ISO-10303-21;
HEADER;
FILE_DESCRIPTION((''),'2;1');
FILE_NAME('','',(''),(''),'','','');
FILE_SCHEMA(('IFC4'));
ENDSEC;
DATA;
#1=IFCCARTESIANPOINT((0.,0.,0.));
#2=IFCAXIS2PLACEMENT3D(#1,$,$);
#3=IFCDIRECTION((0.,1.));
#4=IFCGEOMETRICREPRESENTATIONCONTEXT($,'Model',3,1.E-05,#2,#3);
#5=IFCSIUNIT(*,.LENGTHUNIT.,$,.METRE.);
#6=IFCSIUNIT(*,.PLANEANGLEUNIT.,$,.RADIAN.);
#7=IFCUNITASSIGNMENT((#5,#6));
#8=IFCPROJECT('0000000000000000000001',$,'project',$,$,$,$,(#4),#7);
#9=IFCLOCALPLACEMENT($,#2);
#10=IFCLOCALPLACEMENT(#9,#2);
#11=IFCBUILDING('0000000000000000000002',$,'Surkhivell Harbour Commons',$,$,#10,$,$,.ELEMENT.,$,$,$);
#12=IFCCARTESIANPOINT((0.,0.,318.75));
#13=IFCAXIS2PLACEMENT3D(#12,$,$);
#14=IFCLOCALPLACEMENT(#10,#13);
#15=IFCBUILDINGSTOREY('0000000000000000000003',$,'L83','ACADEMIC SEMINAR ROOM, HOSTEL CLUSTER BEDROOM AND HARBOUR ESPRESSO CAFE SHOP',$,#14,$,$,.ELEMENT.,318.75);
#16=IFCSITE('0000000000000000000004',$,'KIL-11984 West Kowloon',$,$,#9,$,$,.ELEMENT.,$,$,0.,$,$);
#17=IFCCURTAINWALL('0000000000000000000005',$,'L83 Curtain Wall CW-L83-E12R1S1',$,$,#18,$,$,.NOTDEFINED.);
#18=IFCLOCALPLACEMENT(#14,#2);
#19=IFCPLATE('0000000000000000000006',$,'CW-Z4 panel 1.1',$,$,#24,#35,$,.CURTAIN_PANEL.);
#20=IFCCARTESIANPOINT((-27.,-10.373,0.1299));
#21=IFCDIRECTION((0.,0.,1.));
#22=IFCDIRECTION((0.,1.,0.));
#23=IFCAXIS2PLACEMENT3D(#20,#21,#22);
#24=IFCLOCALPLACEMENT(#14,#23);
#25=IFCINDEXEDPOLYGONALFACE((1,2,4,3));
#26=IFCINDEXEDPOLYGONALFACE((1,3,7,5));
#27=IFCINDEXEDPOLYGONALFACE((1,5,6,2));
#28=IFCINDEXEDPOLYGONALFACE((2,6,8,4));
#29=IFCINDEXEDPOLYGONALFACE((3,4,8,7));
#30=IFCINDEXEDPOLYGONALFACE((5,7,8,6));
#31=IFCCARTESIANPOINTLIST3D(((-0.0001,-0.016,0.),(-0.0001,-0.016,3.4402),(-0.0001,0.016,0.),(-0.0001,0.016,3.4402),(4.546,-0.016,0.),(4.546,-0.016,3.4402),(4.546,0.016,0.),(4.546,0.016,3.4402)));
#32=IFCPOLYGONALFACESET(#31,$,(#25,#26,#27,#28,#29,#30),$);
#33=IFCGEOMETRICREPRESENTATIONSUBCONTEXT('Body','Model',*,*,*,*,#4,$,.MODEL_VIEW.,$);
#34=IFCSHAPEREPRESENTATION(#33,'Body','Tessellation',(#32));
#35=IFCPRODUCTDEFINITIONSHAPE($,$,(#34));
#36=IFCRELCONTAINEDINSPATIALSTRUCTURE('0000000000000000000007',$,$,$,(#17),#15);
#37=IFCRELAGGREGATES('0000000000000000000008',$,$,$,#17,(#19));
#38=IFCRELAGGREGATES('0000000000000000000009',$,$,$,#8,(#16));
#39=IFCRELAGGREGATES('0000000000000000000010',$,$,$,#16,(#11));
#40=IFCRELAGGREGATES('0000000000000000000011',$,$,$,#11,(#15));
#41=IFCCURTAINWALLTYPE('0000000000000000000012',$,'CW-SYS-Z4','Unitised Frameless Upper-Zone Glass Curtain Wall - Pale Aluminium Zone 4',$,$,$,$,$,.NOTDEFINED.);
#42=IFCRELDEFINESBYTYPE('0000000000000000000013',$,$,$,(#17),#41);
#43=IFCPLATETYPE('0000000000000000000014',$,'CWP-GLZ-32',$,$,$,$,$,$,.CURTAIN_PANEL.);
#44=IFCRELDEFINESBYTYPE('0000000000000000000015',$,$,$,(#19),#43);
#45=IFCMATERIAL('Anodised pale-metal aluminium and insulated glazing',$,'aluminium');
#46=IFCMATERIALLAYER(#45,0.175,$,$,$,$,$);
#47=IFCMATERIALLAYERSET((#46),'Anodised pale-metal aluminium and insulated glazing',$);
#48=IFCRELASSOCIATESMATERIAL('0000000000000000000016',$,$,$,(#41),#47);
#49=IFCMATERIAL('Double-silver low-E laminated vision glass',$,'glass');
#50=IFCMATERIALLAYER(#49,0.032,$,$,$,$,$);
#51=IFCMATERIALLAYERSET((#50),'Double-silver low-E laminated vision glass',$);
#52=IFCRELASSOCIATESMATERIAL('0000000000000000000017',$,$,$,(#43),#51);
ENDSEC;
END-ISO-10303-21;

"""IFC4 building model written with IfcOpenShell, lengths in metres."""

from ifc_helpers import new_model, si_unit, direction, frame, frame_2d, origin, place, context, subcontext, project, spatial, rectangle, extrude, material, layer, layer_set, type_object, element, aggregate, save


model = new_model("IFC4")

# Units and contexts
model_context = context("Model", 3, precision=1e-05, world=origin(), true_north=direction((0.0, 1.0)))
body_context = subcontext(model_context, "Body", "Model", "MODEL_VIEW")
ifc_project = project(units=[si_unit("LENGTHUNIT", "METRE"), si_unit("PLANEANGLEUNIT", "RADIAN")], contexts=[model_context])

# Site, building, storey
site_placement = place(None, origin())
site = spatial("IfcSite", under=ifc_project, at=site_placement, Name="KIL-11984 West Kowloon", CompositionType="ELEMENT", RefElevation=0.0)
building_placement = place(site_placement, origin())
building = spatial("IfcBuilding", under=site, at=building_placement, Name="Surkhivell Harbour Commons", CompositionType="ELEMENT")
storey_placement = place(building_placement, frame((0.0, 0.0, 318.75)))
storey = spatial("IfcBuildingStorey", under=building, at=storey_placement, Name="L83", Description="ACADEMIC SEMINAR ROOM, HOSTEL CLUSTER BEDROOM AND HARBOUR ESPRESSO CAFE SHOP", CompositionType="ELEMENT", Elevation=318.75)

# Curtain wall
ifc_material_1 = material(Name="Anodised pale-metal aluminium and insulated glazing", Category="aluminium")
ifc_layer_1 = layer(ifc_material_1, 0.175)
ifc_layer_set_1 = layer_set([ifc_layer_1], Name="Anodised pale-metal aluminium and insulated glazing")
curtain_wall_type = type_object("IfcCurtainWallType", Name="CW-SYS-Z4", Description="Unitised Frameless Upper-Zone Glass Curtain Wall - Pale Aluminium Zone 4", PredefinedType="NOTDEFINED", material=ifc_layer_set_1)
curtain_wall_placement = place(storey_placement, origin())
curtain_wall = element("IfcCurtainWall", 1, at=curtain_wall_placement, inside=storey, type_object=curtain_wall_type, Name="L83 Curtain Wall CW-L83-E12R1S1", PredefinedType="NOTDEFINED")

# Plate
ifc_material_2 = material(Name="Double-silver low-E laminated vision glass", Category="glass")
ifc_layer_2 = layer(ifc_material_2, 0.032)
ifc_layer_set_2 = layer_set([ifc_layer_2], Name="Double-silver low-E laminated vision glass")
plate_type_1 = type_object("IfcPlateType", Name="CWP-GLZ-32", PredefinedType="CURTAIN_PANEL", material=ifc_layer_set_2)
plate_1_placement = place(storey_placement, frame((-27.0, -10.373, 0.1299), z_axis=(0.0, 0.0, 1.0), x_axis=(0.0, 1.0, 0.0)))
plate_1 = element("IfcPlate", 2, at=plate_1_placement, type_object=plate_type_1, Name="CW-Z4 panel 1.1", PredefinedType="CURTAIN_PANEL", context=body_context, shape_type="SweptSolid", body=[
    extrude(rectangle(XDim=4.5461, YDim=0.032, at=frame_2d((2.2729, 0.0))), origin(), (0.0, 0.0, 1.0), 3.4402),
])
aggregate(curtain_wall, [plate_1])

save(model, "model.ifc")
